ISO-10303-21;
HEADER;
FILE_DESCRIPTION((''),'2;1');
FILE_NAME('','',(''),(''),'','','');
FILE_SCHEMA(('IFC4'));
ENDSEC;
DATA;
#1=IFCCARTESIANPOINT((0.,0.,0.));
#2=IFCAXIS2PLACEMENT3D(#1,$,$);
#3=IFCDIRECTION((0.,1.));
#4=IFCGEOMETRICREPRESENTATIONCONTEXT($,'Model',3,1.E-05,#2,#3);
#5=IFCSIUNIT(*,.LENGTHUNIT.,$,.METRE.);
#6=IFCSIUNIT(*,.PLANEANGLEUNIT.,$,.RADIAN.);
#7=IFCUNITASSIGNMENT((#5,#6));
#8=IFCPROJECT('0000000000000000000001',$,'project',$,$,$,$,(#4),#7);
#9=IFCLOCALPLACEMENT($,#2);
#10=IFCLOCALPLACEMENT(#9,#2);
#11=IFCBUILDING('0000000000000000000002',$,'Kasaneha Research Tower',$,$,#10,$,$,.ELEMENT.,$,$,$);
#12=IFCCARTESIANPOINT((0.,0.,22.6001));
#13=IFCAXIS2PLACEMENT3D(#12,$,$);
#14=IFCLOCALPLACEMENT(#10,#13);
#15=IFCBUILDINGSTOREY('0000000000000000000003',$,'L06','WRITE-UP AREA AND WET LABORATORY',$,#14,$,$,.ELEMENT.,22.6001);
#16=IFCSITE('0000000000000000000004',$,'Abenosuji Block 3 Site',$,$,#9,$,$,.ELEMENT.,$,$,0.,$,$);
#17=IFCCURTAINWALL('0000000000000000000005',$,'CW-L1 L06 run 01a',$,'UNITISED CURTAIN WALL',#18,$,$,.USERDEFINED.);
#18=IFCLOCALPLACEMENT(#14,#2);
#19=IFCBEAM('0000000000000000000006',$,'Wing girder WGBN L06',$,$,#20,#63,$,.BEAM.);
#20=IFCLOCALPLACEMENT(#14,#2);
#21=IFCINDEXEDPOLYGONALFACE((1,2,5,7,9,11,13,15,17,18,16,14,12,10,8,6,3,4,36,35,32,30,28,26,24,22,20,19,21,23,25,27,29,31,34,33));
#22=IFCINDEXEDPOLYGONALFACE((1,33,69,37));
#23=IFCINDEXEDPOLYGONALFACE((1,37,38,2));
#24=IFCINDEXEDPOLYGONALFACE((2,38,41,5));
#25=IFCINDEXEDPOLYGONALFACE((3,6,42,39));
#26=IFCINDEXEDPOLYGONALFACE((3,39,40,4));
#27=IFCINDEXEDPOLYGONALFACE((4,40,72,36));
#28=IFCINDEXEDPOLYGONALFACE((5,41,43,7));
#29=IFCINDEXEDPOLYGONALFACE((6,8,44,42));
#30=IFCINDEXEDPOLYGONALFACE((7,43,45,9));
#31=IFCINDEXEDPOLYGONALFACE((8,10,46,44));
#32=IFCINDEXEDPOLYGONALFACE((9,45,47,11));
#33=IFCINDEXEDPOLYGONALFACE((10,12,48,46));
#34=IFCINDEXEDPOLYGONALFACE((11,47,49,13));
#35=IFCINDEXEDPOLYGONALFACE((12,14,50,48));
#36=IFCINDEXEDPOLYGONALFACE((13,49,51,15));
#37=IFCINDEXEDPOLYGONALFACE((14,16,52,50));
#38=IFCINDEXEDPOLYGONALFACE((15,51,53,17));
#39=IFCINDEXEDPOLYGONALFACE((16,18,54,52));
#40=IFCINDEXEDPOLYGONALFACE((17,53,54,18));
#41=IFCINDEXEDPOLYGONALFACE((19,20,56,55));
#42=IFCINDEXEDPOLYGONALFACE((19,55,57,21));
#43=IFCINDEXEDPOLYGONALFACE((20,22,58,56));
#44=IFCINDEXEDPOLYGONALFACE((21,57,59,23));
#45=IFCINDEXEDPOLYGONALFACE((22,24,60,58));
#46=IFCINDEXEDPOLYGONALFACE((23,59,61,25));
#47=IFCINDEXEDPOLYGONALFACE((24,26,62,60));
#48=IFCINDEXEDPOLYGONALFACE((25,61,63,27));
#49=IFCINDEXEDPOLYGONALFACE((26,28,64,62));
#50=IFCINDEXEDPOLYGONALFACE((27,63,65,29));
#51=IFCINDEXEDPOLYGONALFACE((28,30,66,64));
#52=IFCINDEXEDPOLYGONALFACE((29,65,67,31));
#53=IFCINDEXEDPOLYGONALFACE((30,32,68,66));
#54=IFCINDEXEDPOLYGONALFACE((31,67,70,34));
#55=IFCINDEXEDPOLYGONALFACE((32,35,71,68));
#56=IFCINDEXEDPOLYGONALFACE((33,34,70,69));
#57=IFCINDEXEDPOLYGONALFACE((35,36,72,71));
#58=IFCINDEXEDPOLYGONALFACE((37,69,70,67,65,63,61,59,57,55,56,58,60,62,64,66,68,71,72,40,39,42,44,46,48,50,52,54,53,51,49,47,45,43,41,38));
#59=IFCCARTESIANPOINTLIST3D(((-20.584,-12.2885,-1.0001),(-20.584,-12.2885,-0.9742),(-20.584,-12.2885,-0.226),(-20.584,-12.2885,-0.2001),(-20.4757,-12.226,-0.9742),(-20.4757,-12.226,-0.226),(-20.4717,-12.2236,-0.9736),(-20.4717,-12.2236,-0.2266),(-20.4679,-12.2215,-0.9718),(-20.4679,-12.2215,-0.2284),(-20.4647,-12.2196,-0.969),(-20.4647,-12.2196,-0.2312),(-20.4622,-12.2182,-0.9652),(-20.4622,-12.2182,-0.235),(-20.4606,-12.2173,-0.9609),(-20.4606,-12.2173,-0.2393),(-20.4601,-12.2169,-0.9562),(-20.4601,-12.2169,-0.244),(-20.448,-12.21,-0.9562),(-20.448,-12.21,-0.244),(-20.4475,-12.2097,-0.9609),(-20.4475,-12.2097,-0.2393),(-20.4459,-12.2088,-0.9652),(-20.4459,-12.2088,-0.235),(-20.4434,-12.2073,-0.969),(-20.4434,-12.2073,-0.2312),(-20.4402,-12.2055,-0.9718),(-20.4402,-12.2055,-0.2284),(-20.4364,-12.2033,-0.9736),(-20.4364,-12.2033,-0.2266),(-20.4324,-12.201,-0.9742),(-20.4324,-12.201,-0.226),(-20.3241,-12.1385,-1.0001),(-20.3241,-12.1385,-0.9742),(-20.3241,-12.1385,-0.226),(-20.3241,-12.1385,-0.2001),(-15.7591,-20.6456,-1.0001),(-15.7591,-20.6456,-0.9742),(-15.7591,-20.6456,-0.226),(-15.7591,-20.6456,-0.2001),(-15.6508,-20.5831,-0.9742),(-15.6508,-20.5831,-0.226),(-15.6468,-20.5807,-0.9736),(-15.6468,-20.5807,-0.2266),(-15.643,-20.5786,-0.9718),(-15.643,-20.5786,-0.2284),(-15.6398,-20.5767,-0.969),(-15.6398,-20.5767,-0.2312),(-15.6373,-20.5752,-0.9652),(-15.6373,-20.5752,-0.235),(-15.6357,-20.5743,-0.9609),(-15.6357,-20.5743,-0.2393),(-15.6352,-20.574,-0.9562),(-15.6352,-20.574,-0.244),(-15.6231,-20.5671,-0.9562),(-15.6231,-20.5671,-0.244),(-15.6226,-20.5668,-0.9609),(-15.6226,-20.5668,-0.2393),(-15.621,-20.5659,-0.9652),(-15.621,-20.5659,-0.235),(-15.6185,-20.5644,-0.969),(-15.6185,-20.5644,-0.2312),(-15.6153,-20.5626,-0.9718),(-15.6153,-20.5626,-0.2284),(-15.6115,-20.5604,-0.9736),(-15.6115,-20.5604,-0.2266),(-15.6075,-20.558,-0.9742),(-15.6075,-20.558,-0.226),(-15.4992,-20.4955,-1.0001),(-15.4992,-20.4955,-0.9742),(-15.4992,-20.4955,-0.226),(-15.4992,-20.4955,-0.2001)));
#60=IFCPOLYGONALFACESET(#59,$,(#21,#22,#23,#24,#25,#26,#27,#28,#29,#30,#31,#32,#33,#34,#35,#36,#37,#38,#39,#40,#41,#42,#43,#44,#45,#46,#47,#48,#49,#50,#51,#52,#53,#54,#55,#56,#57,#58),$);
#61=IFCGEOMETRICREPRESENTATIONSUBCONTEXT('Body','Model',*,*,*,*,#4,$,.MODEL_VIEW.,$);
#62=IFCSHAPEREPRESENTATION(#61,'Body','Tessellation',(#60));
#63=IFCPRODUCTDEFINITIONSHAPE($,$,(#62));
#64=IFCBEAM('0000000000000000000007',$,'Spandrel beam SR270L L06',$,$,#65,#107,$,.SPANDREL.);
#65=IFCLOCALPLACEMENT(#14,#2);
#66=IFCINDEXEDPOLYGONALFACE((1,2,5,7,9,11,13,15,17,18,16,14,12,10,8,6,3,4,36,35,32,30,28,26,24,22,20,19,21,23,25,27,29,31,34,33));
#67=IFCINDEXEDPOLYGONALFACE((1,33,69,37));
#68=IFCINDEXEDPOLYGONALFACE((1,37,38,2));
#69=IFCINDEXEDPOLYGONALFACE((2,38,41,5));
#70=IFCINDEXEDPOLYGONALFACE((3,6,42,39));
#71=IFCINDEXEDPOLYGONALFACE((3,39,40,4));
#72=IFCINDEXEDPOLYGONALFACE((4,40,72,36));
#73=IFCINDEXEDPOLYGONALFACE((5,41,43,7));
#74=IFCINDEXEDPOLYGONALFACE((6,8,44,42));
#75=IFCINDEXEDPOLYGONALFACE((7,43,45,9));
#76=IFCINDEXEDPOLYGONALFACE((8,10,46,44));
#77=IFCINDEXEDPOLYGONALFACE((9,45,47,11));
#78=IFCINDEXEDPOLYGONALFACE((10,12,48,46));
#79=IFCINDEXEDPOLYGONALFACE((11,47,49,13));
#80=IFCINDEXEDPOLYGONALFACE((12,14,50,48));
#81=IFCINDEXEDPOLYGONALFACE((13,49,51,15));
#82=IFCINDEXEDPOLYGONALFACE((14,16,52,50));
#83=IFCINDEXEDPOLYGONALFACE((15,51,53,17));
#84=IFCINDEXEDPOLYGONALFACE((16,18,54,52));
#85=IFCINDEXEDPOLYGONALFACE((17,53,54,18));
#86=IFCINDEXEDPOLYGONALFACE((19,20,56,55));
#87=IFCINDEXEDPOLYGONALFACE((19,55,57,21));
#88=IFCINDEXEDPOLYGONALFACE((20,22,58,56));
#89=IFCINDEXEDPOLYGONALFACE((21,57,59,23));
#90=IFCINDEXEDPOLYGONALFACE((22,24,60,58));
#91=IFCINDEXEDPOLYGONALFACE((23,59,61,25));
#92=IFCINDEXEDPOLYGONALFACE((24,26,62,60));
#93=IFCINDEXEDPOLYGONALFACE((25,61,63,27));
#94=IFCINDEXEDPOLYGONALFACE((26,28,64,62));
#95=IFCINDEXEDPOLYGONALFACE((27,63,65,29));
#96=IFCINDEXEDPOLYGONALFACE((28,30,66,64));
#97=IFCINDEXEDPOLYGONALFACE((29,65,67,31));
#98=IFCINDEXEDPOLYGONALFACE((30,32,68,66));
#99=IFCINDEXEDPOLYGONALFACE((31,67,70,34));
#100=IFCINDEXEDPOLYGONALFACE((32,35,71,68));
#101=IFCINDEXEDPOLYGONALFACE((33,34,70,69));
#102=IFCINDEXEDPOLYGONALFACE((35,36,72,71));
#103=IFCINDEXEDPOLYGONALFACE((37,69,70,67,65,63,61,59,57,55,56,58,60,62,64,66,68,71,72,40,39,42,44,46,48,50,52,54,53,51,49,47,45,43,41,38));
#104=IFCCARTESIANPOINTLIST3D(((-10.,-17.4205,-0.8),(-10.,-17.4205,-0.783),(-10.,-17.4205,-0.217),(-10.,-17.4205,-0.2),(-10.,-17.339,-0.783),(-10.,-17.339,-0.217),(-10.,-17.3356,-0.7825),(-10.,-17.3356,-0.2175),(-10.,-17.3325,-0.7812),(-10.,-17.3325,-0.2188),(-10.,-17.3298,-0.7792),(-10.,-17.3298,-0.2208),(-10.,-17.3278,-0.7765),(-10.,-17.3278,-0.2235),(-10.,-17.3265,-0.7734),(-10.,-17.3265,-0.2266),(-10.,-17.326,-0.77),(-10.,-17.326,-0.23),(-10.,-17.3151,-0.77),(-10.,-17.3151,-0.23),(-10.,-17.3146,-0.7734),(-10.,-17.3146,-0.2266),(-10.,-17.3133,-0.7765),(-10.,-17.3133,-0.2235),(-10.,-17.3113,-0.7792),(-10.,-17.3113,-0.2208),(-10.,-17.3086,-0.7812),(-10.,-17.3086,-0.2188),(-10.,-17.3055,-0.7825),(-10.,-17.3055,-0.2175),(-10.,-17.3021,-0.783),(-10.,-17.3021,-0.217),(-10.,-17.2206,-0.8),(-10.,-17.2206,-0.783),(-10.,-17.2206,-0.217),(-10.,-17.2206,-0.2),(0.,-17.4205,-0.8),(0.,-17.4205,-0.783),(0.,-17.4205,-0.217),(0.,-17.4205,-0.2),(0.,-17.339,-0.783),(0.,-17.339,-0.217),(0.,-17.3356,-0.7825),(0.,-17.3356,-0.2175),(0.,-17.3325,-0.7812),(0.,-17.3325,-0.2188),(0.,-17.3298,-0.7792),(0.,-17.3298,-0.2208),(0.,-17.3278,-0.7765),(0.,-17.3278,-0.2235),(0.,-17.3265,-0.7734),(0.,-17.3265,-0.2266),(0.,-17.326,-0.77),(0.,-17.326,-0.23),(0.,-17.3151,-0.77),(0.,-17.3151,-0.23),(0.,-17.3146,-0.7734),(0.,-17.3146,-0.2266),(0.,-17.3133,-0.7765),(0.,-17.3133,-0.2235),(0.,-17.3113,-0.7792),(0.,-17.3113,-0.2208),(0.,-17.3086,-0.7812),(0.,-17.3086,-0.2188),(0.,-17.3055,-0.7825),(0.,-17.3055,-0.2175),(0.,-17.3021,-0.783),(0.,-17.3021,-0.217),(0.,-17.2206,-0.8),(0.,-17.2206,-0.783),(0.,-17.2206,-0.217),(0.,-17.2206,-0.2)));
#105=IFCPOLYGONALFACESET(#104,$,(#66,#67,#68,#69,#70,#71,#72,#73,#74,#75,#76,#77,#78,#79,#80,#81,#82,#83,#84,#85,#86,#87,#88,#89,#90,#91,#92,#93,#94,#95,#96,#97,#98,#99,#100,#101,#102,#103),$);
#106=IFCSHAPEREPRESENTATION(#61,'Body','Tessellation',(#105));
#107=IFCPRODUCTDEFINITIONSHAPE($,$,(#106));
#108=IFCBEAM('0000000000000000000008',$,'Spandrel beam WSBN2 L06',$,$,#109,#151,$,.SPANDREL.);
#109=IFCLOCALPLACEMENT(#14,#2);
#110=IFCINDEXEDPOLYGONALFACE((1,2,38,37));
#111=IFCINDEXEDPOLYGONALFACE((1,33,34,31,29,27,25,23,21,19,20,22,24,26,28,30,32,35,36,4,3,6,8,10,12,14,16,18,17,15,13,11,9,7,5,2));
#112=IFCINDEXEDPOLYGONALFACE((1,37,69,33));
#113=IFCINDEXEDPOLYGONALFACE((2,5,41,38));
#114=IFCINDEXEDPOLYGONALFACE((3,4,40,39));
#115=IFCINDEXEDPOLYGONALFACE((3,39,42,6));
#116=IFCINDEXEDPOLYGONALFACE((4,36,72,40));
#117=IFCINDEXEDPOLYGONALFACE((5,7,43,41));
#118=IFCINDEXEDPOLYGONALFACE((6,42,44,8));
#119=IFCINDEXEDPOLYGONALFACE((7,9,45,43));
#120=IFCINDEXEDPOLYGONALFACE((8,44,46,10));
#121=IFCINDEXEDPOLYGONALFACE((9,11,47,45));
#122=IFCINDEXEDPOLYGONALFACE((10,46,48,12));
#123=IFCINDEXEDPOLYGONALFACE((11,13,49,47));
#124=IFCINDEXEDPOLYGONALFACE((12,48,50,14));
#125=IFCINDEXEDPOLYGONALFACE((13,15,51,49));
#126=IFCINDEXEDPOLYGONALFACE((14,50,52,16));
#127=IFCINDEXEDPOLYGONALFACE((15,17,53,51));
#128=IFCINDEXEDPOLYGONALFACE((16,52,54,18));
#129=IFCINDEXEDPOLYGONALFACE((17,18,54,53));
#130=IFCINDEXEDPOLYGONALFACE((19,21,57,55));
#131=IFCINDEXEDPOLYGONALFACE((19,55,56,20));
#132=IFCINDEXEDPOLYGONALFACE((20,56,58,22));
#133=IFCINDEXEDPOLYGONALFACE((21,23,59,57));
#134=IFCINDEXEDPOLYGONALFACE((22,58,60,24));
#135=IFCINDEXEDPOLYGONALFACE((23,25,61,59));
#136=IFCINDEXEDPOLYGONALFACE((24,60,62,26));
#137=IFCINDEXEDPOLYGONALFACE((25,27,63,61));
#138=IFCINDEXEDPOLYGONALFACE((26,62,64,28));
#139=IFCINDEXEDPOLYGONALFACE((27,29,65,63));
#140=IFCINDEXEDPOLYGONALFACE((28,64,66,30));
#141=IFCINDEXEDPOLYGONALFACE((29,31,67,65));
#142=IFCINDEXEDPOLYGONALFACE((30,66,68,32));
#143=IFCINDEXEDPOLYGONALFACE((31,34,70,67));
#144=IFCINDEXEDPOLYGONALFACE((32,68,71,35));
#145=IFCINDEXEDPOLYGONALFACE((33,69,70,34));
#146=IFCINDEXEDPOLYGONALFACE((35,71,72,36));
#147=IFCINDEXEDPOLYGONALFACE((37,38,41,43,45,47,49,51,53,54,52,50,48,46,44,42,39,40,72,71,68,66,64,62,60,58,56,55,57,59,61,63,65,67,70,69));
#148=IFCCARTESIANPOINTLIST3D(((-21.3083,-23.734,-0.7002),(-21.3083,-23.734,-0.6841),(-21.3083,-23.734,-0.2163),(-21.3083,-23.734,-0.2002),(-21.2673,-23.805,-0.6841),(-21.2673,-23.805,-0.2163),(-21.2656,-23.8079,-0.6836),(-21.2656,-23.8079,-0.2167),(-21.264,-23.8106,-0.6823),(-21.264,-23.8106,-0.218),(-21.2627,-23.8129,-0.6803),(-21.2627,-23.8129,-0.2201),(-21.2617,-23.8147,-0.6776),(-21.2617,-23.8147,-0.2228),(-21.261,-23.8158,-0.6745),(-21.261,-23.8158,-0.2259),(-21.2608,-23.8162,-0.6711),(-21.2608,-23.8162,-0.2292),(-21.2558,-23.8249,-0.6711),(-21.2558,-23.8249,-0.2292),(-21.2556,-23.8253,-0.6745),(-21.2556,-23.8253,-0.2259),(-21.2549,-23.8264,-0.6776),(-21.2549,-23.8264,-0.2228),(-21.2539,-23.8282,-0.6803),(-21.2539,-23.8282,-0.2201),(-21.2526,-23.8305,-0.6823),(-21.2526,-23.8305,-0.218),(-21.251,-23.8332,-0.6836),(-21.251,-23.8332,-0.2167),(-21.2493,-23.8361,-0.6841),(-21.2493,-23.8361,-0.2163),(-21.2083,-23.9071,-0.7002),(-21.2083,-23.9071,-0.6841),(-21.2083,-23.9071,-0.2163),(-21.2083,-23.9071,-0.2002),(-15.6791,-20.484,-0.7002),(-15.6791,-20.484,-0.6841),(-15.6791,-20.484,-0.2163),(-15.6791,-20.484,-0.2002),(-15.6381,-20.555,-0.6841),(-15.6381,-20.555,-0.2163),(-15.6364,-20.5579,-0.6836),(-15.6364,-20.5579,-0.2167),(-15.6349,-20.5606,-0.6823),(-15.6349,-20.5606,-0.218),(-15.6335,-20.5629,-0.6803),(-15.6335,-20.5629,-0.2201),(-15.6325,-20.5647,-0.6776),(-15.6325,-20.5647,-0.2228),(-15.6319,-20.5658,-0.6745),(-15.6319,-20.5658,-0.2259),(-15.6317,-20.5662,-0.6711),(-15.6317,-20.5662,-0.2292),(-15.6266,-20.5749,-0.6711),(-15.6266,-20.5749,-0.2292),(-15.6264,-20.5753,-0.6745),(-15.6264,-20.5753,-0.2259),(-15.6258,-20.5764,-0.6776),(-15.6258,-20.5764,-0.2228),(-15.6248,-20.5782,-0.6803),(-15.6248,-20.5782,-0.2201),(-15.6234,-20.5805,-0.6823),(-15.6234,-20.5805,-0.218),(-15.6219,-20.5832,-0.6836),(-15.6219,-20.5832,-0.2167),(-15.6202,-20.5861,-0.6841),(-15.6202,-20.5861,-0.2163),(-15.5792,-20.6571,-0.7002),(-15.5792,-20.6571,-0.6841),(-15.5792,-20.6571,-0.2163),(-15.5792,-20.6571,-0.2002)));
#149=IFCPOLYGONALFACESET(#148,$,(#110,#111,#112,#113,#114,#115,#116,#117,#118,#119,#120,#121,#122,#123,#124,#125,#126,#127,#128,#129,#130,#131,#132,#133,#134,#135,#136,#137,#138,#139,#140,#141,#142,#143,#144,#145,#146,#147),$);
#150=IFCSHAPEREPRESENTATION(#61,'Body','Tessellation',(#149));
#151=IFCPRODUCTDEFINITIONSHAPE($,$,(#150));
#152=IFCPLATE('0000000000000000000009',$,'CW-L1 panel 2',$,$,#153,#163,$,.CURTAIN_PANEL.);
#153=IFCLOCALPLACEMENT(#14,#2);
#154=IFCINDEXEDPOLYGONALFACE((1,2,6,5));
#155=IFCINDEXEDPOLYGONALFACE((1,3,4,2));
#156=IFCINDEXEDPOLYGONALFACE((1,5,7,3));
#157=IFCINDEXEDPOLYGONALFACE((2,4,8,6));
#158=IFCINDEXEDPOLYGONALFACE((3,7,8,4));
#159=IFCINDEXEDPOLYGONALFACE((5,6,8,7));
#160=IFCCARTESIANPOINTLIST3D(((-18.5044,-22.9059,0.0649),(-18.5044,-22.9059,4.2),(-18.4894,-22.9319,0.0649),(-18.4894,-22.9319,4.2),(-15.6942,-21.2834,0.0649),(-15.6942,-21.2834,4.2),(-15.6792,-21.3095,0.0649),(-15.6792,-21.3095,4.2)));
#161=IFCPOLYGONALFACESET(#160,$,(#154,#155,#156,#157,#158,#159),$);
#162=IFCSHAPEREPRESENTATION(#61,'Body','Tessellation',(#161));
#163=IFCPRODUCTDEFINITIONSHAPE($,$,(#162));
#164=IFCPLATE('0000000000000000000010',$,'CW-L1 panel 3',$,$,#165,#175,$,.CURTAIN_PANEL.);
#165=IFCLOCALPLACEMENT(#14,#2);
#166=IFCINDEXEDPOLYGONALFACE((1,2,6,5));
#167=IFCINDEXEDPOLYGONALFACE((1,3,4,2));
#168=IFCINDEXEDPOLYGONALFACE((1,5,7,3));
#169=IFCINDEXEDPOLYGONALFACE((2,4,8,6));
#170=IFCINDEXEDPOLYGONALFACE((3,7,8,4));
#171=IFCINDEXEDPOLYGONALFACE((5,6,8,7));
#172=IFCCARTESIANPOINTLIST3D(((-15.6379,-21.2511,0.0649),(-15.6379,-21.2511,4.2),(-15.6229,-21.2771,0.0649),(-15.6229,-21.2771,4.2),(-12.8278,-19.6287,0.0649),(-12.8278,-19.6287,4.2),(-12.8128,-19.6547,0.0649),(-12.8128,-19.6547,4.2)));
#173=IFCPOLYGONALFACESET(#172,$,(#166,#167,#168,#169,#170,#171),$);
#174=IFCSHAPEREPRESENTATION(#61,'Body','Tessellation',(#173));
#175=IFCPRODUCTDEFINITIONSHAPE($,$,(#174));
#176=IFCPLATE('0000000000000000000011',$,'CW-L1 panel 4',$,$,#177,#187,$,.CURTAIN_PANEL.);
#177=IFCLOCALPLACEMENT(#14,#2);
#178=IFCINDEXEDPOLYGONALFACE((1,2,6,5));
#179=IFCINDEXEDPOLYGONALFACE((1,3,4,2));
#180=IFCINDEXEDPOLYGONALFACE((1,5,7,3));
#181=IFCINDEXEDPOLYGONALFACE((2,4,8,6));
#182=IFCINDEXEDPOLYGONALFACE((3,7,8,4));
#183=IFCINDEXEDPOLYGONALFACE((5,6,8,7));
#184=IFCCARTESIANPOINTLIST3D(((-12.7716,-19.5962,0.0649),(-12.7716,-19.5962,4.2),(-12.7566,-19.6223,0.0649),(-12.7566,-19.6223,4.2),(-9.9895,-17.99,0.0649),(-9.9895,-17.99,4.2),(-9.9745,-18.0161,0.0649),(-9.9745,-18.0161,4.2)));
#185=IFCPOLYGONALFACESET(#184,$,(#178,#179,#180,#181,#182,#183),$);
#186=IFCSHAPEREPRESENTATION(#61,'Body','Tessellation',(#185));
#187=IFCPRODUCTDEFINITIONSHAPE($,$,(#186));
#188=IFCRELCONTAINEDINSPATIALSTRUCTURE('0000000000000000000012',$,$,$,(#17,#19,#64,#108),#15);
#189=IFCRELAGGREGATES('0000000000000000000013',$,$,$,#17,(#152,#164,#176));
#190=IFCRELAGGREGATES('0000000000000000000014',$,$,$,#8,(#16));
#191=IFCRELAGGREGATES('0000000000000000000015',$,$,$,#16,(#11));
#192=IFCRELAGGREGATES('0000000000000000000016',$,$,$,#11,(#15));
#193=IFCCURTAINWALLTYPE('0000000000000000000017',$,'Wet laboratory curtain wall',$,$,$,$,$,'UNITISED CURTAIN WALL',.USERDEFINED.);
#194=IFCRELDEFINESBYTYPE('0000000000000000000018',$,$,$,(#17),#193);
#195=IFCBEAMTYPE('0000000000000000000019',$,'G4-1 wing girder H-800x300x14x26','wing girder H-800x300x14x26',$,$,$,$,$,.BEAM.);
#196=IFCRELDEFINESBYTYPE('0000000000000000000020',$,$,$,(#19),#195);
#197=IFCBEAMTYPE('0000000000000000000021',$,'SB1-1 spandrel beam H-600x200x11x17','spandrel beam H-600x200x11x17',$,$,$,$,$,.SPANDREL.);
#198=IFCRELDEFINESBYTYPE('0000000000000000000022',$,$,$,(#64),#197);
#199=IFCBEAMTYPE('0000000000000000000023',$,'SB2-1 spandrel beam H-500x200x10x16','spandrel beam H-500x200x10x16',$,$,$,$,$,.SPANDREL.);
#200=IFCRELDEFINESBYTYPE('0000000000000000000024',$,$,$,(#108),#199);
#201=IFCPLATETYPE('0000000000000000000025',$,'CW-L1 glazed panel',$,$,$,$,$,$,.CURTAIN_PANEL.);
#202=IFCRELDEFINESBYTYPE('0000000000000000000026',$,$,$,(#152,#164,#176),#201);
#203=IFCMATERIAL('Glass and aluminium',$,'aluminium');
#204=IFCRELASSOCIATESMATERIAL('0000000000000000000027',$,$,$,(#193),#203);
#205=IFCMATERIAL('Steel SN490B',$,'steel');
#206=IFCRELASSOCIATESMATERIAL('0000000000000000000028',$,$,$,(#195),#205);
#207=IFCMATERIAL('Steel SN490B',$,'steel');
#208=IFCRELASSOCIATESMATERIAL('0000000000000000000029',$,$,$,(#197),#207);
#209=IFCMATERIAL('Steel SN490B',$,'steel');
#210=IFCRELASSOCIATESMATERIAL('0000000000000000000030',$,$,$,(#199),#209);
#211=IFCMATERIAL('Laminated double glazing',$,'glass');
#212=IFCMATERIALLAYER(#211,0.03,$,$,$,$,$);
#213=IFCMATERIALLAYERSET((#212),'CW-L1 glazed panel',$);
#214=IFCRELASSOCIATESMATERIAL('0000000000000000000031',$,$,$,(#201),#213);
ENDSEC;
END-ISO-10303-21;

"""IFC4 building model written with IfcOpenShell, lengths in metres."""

from ifc_helpers import new_model, si_unit, direction, frame, origin, origin_2d, place, context, subcontext, project, spatial, rectangle, i_section, extrude, material, layer, layer_set, material_profile, profile_set, type_object, element, aggregate, save


model = new_model("IFC4")

# Units and contexts
model_context = context("Model", 3, precision=1e-05, world=origin(), true_north=direction((0.0, 1.0)))
body_context = subcontext(model_context, "Body", "Model", "MODEL_VIEW")
ifc_project = project(units=[si_unit("LENGTHUNIT", "METRE"), si_unit("PLANEANGLEUNIT", "RADIAN")], contexts=[model_context])

# Site, building, storey
site_placement = place(None, origin())
site = spatial("IfcSite", under=ifc_project, at=site_placement, Name="Abenosuji Block 3 Site", CompositionType="ELEMENT", RefElevation=0.0)
building_placement = place(site_placement, origin())
building = spatial("IfcBuilding", under=site, at=building_placement, Name="Kasaneha Research Tower", CompositionType="ELEMENT")
storey_placement = place(building_placement, frame((0.0, 0.0, 22.6001)))
storey = spatial("IfcBuildingStorey", under=building, at=storey_placement, Name="L06", Description="WRITE-UP AREA AND WET LABORATORY", CompositionType="ELEMENT", Elevation=22.6001)

# Curtain wall
ifc_material_1 = material(Name="Glass and aluminium", Category="aluminium")
curtain_wall_type = type_object("IfcCurtainWallType", Name="Wet laboratory curtain wall", ElementType="UNITISED CURTAIN WALL", PredefinedType="USERDEFINED", material=ifc_material_1)
curtain_wall_1_placement = place(storey_placement, origin())
curtain_wall_1 = element("IfcCurtainWall", 1, at=curtain_wall_1_placement, inside=storey, type_object=curtain_wall_type, Name="CW-L1 L06 run 01a", ObjectType="UNITISED CURTAIN WALL", PredefinedType="USERDEFINED")

# Beams
ifc_material_2 = material(Name="Steel SN490B", Category="steel")
ifc_material_profile_1 = material_profile(ifc_material_2, i_section(OverallWidth=0.3, OverallDepth=0.8, WebThickness=0.0139, FlangeThickness=0.0259, FilletRadius=0.0181, at=origin_2d()), Name="H-800x300x14x26")
ifc_profile_set_1 = profile_set([ifc_material_profile_1], Name="Steel SN490B")
beam_type_1 = type_object("IfcBeamType", Name="G4-1 wing girder H-800x300x14x26", Description="wing girder H-800x300x14x26", PredefinedType="BEAM", material=ifc_profile_set_1)
beam_1_placement = place(storey_placement, frame((-15.6292, -20.5706, -0.6001), z_axis=(-0.499995, 0.866028, 0.0), x_axis=(-0.866028, -0.499995, 0.0)))
element("IfcBeam", 2, at=beam_1_placement, inside=storey, type_object=beam_type_1, Name="Wing girder WGBN L06", PredefinedType="BEAM", context=body_context, shape_type="SweptSolid", body=[
    extrude(i_section(OverallWidth=0.3, OverallDepth=0.8, WebThickness=0.0139, FlangeThickness=0.0259, FilletRadius=0.0181, at=origin_2d()), origin(), (0.0, 0.0, 1.0), 9.6499),
])
ifc_material_3 = material(Name="Steel SN490B", Category="steel")
ifc_material_profile_2 = material_profile(ifc_material_3, i_section(OverallWidth=0.2, OverallDepth=0.6001, WebThickness=0.011, FlangeThickness=0.0171, FilletRadius=0.0129, at=origin_2d()), Name="H-600x200x11x17")
ifc_profile_set_2 = profile_set([ifc_material_profile_2], Name="Steel SN490B")
beam_type_2 = type_object("IfcBeamType", Name="SB1-1 spandrel beam H-600x200x11x17", Description="spandrel beam H-600x200x11x17", PredefinedType="SPANDREL", material=ifc_profile_set_2)
beam_2_placement = place(storey_placement, frame((-10.0, -17.3206, -0.5), z_axis=(1.0, 0.0, 0.0), x_axis=(0.0, 1.0, 0.0)))
element("IfcBeam", 3, at=beam_2_placement, inside=storey, type_object=beam_type_2, Name="Spandrel beam SR270L L06", PredefinedType="SPANDREL", context=body_context, shape_type="SweptSolid", body=[
    extrude(i_section(OverallWidth=0.2, OverallDepth=0.6001, WebThickness=0.011, FlangeThickness=0.0171, FilletRadius=0.0129, at=origin_2d()), origin(), (0.0, 0.0, 1.0), 10.0),
])
ifc_material_4 = material(Name="Steel SN490B", Category="steel")
ifc_material_profile_3 = material_profile(ifc_material_4, i_section(OverallWidth=0.2, OverallDepth=0.5, WebThickness=0.01, FlangeThickness=0.0161, FilletRadius=0.0129, at=origin_2d()), Name="H-500x200x10x16")
ifc_profile_set_3 = profile_set([ifc_material_profile_3], Name="Steel SN490B")
beam_type_3 = type_object("IfcBeamType", Name="SB2-1 spandrel beam H-500x200x10x16", Description="spandrel beam H-500x200x10x16", PredefinedType="SPANDREL", material=ifc_profile_set_3)
beam_3_placement = place(storey_placement, frame((-15.6292, -20.5706, -0.4502), z_axis=(-0.866025, -0.500001, 0.0), x_axis=(0.500001, -0.866025, 0.0)))
element("IfcBeam", 4, at=beam_3_placement, inside=storey, type_object=beam_type_3, Name="Spandrel beam WSBN2 L06", PredefinedType="SPANDREL", context=body_context, shape_type="SweptSolid", body=[
    extrude(i_section(OverallWidth=0.2, OverallDepth=0.5, WebThickness=0.01, FlangeThickness=0.0161, FilletRadius=0.0129, at=origin_2d()), origin(), (0.0, 0.0, 1.0), 6.5),
])

# Plates
ifc_material_5 = material(Name="Laminated double glazing", Category="glass")
ifc_layer_1 = layer(ifc_material_5, 0.03)
ifc_layer_set_1 = layer_set([ifc_layer_1], Name="CW-L1 glazed panel")
plate_type = type_object("IfcPlateType", Name="CW-L1 glazed panel", PredefinedType="CURTAIN_PANEL", material=ifc_layer_set_1)
plate_1_placement = place(storey_placement, frame((-17.0918, -22.1077, 0.0649), z_axis=(0.0, 0.0, 1.0), x_axis=(0.866025, 0.5, 0.0)))
plate_1 = element("IfcPlate", 5, at=plate_1_placement, type_object=plate_type, Name="CW-L1 panel 2", PredefinedType="CURTAIN_PANEL", context=body_context, shape_type="SweptSolid", body=[
    extrude(rectangle(XDim=3.2449, YDim=0.03, at=origin_2d()), origin(), (0.0, 0.0, 1.0), 4.135),
])
plate_2_placement = place(storey_placement, frame((-14.2253, -20.4529, 0.0649), z_axis=(0.0, 0.0, 1.0), x_axis=(0.866025, 0.5, 0.0)))
plate_2 = element("IfcPlate", 6, at=plate_2_placement, type_object=plate_type, Name="CW-L1 panel 3", PredefinedType="CURTAIN_PANEL", context=body_context, shape_type="SweptSolid", body=[
    extrude(rectangle(XDim=3.2449, YDim=0.03, at=origin_2d()), origin(), (0.0, 0.0, 1.0), 4.135),
])
plate_3_placement = place(storey_placement, frame((-11.373, -18.8062, 0.0649), z_axis=(0.0, 0.0, 1.0), x_axis=(0.866025, 0.5, 0.0)))
plate_3 = element("IfcPlate", 7, at=plate_3_placement, type_object=plate_type, Name="CW-L1 panel 4", PredefinedType="CURTAIN_PANEL", context=body_context, shape_type="SweptSolid", body=[
    extrude(rectangle(XDim=3.2124, YDim=0.03, at=origin_2d()), origin(), (0.0, 0.0, 1.0), 4.135),
])
aggregate(curtain_wall_1, [plate_1, plate_2, plate_3])

save(model, "model.ifc")
